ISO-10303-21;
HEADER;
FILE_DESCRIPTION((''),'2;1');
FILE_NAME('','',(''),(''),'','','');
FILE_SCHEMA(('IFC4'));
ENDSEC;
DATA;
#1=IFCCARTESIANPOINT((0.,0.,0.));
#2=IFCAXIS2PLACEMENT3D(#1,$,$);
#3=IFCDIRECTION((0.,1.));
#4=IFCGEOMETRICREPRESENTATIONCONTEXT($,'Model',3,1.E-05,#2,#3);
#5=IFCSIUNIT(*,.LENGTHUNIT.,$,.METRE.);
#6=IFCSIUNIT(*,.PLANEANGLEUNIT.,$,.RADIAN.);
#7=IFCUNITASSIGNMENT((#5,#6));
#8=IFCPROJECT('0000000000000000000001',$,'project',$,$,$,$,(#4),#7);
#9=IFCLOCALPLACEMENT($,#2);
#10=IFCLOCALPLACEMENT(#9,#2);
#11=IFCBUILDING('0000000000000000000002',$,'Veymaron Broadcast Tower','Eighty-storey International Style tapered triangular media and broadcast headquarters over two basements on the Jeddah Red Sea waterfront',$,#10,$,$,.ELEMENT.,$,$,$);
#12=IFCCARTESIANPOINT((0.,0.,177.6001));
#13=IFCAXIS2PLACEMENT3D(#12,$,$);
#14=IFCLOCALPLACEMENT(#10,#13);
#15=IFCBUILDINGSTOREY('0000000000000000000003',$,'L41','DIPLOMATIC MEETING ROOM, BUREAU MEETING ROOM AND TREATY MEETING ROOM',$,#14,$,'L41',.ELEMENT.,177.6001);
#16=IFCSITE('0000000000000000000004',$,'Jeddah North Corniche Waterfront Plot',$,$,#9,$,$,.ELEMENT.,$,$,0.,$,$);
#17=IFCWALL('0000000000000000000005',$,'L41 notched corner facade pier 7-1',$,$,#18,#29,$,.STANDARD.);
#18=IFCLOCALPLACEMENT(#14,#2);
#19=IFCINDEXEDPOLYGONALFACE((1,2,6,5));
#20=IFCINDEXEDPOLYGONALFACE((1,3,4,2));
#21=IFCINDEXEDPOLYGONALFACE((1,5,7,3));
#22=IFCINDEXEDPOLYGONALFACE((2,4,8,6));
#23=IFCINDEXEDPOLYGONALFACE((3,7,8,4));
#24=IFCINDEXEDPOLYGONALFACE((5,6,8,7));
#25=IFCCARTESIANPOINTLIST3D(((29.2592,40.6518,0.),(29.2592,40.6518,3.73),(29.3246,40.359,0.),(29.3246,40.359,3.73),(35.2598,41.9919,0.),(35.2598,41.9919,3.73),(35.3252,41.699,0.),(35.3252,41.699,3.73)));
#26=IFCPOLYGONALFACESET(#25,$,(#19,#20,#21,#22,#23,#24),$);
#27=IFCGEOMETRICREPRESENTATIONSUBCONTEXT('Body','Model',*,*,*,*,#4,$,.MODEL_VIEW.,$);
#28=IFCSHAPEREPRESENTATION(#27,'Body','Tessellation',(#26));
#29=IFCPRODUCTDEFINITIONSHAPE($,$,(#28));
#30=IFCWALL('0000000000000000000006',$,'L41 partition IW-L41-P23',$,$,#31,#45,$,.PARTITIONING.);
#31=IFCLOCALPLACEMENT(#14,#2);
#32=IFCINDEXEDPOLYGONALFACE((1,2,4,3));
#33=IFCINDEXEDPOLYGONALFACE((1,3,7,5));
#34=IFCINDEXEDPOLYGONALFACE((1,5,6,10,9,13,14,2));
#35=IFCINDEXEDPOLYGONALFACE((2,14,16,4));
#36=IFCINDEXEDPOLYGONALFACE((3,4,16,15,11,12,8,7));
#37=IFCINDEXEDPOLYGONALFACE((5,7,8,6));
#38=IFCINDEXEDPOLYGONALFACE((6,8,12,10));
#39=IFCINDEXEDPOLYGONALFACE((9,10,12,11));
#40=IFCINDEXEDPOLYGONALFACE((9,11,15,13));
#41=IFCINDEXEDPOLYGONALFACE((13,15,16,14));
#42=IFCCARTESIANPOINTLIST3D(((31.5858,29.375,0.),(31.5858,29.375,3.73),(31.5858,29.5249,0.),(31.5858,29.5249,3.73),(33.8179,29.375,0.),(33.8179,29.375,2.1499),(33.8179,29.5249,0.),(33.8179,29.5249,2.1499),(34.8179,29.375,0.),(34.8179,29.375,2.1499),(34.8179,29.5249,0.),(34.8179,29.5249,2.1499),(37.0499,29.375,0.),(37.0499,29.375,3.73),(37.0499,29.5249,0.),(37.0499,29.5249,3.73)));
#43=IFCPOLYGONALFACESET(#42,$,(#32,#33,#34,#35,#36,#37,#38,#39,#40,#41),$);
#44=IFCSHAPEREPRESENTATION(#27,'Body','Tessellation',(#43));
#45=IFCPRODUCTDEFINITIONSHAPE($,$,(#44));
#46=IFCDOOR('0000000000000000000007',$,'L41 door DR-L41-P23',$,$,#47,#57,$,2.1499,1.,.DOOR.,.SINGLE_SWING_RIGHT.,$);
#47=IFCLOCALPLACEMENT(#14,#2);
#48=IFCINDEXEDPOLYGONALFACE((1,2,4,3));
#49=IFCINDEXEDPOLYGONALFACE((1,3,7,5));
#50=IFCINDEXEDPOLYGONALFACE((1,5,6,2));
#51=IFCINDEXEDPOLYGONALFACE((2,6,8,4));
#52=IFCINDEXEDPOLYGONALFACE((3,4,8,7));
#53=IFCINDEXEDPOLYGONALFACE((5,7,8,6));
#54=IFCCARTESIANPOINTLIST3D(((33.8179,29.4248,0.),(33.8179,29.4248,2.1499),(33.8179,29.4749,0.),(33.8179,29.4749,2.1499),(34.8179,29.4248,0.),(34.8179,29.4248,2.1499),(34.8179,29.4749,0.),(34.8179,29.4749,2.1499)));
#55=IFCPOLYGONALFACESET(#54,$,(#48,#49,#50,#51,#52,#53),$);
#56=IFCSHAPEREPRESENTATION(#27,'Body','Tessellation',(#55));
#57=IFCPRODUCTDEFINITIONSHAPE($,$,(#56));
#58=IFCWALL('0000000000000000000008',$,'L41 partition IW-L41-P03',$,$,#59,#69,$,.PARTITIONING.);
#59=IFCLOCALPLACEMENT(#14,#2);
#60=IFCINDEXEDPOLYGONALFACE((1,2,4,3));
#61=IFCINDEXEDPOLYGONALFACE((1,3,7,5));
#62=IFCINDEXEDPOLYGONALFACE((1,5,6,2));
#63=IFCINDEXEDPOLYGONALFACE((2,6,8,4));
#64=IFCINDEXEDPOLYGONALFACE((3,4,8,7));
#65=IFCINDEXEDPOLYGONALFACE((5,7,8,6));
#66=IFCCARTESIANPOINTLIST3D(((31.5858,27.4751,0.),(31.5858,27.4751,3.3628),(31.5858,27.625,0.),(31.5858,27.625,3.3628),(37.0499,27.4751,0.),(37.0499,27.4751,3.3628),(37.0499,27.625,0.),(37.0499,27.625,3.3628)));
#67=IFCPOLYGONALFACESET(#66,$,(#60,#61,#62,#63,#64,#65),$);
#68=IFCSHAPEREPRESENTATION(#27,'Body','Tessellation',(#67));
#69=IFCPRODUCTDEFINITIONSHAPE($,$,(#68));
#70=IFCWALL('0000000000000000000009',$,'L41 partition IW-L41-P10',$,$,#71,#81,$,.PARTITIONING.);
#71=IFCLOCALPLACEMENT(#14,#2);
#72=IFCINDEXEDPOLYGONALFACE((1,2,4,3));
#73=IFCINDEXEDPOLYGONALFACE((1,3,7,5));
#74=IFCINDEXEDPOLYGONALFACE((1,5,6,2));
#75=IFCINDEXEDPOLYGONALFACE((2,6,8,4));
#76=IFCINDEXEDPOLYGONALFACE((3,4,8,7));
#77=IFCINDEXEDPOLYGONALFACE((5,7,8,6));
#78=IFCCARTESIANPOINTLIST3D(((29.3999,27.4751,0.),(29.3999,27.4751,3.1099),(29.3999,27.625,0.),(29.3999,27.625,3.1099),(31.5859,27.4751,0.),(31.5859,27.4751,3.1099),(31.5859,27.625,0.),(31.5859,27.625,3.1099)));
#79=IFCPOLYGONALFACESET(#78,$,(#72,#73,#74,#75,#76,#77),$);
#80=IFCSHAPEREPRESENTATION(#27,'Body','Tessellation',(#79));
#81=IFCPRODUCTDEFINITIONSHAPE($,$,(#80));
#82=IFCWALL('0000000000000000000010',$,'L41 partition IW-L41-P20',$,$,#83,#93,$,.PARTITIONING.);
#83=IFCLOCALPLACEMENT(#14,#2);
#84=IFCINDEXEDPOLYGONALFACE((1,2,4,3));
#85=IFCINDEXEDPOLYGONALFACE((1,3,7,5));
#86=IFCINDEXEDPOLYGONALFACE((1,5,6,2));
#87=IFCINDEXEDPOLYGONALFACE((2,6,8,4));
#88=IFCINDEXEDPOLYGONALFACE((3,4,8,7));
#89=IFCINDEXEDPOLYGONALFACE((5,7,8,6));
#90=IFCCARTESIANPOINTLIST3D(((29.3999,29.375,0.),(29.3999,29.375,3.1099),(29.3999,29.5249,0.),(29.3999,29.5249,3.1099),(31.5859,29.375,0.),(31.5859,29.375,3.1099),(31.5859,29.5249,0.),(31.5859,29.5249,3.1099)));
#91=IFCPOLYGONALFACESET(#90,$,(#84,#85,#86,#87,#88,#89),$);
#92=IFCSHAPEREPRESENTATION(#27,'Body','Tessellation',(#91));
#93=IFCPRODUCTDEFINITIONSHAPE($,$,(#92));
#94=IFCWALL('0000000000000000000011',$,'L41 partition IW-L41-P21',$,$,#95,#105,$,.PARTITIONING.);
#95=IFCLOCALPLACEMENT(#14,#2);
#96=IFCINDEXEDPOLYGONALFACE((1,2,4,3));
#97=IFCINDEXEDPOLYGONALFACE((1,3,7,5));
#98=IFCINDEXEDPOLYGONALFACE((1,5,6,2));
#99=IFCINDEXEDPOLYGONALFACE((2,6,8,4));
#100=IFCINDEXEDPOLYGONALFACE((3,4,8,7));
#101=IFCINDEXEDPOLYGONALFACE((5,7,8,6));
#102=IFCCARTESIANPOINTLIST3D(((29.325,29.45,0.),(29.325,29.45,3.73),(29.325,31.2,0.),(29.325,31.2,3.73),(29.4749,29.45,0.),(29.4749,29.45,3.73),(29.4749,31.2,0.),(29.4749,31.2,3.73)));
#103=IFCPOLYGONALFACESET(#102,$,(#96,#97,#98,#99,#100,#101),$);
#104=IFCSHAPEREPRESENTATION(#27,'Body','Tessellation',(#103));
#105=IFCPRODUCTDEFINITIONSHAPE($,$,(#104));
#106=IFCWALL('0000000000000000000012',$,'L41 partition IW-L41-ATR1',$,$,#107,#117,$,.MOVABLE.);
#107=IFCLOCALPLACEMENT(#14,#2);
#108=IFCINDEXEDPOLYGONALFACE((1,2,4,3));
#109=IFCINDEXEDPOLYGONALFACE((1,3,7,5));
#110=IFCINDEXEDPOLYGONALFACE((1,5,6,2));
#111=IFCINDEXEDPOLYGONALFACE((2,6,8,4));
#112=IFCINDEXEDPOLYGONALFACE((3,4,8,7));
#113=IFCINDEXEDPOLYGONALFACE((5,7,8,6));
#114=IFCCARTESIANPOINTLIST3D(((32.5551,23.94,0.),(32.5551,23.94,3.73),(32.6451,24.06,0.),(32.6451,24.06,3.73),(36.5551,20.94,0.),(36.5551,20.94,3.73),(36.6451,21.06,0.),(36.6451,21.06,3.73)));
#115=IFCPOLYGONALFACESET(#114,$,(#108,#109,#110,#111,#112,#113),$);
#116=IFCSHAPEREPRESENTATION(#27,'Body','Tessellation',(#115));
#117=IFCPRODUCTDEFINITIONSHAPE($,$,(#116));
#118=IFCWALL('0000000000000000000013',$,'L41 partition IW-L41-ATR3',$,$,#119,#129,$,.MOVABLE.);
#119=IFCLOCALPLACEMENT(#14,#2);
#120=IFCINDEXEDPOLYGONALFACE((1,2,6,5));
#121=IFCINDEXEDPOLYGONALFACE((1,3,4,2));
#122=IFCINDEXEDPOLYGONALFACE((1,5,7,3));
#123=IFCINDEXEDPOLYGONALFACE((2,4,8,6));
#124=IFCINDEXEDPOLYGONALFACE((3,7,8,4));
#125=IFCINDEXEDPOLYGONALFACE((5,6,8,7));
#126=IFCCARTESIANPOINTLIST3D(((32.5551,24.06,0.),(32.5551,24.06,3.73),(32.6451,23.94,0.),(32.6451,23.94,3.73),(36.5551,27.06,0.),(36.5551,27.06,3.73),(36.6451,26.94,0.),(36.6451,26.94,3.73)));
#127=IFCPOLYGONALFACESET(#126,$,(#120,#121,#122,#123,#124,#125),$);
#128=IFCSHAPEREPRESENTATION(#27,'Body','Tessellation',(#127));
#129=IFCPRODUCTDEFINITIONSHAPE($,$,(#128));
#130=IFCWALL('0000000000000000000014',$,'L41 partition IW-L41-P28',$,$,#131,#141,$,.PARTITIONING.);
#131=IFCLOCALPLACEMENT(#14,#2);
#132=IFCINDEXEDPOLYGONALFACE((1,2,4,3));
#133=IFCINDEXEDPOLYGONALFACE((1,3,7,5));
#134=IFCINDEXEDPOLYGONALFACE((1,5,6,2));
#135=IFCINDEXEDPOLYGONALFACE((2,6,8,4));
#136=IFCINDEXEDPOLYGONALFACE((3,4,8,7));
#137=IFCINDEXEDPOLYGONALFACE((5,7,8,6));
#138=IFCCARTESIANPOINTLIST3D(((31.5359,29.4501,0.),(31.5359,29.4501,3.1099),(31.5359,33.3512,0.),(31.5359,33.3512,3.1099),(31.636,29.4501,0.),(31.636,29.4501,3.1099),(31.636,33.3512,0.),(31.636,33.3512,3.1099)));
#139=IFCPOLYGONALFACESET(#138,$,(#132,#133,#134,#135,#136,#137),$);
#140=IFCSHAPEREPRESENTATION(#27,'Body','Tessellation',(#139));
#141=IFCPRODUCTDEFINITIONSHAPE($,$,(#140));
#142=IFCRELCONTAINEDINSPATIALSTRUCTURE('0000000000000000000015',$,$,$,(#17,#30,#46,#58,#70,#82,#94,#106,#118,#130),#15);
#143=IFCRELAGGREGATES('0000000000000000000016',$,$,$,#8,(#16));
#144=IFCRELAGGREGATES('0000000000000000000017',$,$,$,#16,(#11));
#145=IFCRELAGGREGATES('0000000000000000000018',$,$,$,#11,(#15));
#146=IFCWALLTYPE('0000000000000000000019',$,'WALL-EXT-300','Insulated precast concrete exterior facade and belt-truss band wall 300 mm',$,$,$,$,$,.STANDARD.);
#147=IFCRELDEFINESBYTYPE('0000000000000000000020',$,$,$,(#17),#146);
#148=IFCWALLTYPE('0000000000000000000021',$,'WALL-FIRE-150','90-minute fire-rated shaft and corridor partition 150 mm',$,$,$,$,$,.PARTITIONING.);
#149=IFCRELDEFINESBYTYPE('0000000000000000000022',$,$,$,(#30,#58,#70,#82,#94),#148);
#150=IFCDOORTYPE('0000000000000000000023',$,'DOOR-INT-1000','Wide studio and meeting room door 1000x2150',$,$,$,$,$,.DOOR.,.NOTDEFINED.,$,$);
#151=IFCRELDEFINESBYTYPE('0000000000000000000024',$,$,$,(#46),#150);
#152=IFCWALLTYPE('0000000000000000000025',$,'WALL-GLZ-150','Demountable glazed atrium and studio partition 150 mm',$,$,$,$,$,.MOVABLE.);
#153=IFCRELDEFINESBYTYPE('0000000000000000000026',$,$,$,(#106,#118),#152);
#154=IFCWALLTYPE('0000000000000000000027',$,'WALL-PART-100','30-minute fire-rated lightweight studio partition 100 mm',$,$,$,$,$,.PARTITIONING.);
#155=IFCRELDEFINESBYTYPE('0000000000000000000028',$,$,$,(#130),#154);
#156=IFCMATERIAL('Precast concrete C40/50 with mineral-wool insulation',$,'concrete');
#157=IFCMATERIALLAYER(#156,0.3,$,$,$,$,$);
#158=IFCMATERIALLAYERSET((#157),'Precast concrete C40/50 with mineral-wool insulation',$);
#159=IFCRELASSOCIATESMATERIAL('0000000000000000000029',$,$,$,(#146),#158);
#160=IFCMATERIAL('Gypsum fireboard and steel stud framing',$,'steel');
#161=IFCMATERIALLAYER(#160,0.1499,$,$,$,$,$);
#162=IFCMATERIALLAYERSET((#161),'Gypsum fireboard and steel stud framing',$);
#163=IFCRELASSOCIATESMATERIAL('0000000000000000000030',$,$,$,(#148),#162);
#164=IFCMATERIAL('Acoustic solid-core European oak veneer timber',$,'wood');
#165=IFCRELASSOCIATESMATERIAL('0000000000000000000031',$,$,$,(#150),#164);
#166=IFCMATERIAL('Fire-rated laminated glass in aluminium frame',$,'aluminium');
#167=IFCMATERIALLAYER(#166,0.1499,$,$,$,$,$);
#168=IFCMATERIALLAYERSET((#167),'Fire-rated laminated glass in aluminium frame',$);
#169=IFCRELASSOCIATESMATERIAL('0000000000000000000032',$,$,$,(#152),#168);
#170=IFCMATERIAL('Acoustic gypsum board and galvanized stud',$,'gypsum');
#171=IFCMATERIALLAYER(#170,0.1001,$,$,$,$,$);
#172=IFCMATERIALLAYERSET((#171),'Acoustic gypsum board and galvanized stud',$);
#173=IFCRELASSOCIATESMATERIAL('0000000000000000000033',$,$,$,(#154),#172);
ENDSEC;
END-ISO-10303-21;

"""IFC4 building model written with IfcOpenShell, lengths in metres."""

from ifc_helpers import new_model, si_unit, direction, frame, frame_2d, origin, place, context, subcontext, project, spatial, rectangle, extrude, material, layer, layer_set, type_object, element, fill, save


model = new_model("IFC4")

# Units and contexts
model_context = context("Model", 3, precision=1e-05, world=origin(), true_north=direction((0.0, 1.0)))
body_context = subcontext(model_context, "Body", "Model", "MODEL_VIEW")
ifc_project = project(units=[si_unit("LENGTHUNIT", "METRE"), si_unit("PLANEANGLEUNIT", "RADIAN")], contexts=[model_context])

# Site, building, storey
site_placement = place(None, origin())
site = spatial("IfcSite", under=ifc_project, at=site_placement, Name="Jeddah North Corniche Waterfront Plot", CompositionType="ELEMENT", RefElevation=0.0)
building_placement = place(site_placement, origin())
building = spatial("IfcBuilding", under=site, at=building_placement, Name="Veymaron Broadcast Tower", Description="Eighty-storey International Style tapered triangular media and broadcast headquarters over two basements on the Jeddah Red Sea waterfront", CompositionType="ELEMENT")
storey_placement = place(building_placement, frame((0.0, 0.0, 177.6001)))
storey = spatial("IfcBuildingStorey", under=building, at=storey_placement, Name="L41", Description="DIPLOMATIC MEETING ROOM, BUREAU MEETING ROOM AND TREATY MEETING ROOM", LongName="L41", CompositionType="ELEMENT", Elevation=177.6001)

# Wall
ifc_material_1 = material(Name="Precast concrete C40/50 with mineral-wool insulation", Category="concrete")
ifc_layer_1 = layer(ifc_material_1, 0.3)
ifc_layer_set_1 = layer_set([ifc_layer_1], Name="Precast concrete C40/50 with mineral-wool insulation")
wall_type_1 = type_object("IfcWallType", Name="WALL-EXT-300", Description="Insulated precast concrete exterior facade and belt-truss band wall 300 mm", PredefinedType="STANDARD", material=ifc_layer_set_1)
wall_1_placement = place(storey_placement, frame((35.2925, 41.8455, 0.0), z_axis=(0.0, 0.0, 1.0), x_axis=(-0.975959, -0.217952, 0.0)))
element("IfcWall", 1, at=wall_1_placement, inside=storey, type_object=wall_type_1, Name="L41 notched corner facade pier 7-1", PredefinedType="STANDARD", context=body_context, shape_type="SweptSolid", body=[
    extrude(rectangle(XDim=6.1484, YDim=0.3, at=frame_2d((3.0742, 0.0))), origin(), (0.0, 0.0, 1.0), 3.73),
])

# Wall, opening, door
ifc_material_2 = material(Name="Gypsum fireboard and steel stud framing", Category="steel")
ifc_layer_2 = layer(ifc_material_2, 0.1499)
ifc_layer_set_2 = layer_set([ifc_layer_2], Name="Gypsum fireboard and steel stud framing")
wall_type_2 = type_object("IfcWallType", Name="WALL-FIRE-150", Description="90-minute fire-rated shaft and corridor partition 150 mm", PredefinedType="PARTITIONING", material=ifc_layer_set_2)
wall_2_placement = place(storey_placement, frame((31.5859, 29.45, 0.0), z_axis=(0.0, 0.0, 1.0), x_axis=(1.0, 0.0, 0.0)))
wall_2 = element("IfcWall", 2, at=wall_2_placement, inside=storey, type_object=wall_type_2, Name="L41 partition IW-L41-P23", PredefinedType="PARTITIONING", context=body_context, shape_type="SweptSolid", body=[
    extrude(rectangle(XDim=5.4641, YDim=0.1499, at=frame_2d((2.7319, 0.0))), origin(), (0.0, 0.0, 1.0), 3.73),
])
opening_placement = place(wall_2_placement, frame((2.2319, 0.0, 0.0)))
opening = element("IfcOpeningElement", 3, at=opening_placement, cuts=wall_2, PredefinedType="OPENING", context=body_context, shape_type="SweptSolid", body=[
    extrude(rectangle(XDim=1.0, YDim=2.1499, at=frame_2d((0.5, 1.075))), frame((0.0, 0.085, 0.0), z_axis=(0.0, -1.0, 0.0), x_axis=(1.0, 0.0, 0.0)), (0.0, 0.0, 1.0), 0.1699),
])
ifc_material_3 = material(Name="Acoustic solid-core European oak veneer timber", Category="wood")
door_type = type_object("IfcDoorType", Name="DOOR-INT-1000", Description="Wide studio and meeting room door 1000x2150", OperationType="NOTDEFINED", PredefinedType="DOOR", material=ifc_material_3)
door_placement = place(opening_placement, origin())
door = element("IfcDoor", 4, at=door_placement, inside=storey, type_object=door_type, Name="L41 door DR-L41-P23", OperationType="SINGLE_SWING_RIGHT", OverallHeight=2.1499, OverallWidth=1.0, PredefinedType="DOOR", context=body_context, shape_type="SweptSolid", body=[
    extrude(rectangle(XDim=1.0, YDim=2.1499, at=frame_2d((0.5, 1.075))), frame((0.0, 0.0249, 0.0), z_axis=(0.0, -1.0, 0.0), x_axis=(1.0, 0.0, 0.0)), (0.0, 0.0, 1.0), 0.05),
])
fill(opening, door)

# Walls
wall_3_placement = place(storey_placement, frame((31.5859, 27.55, 0.0), z_axis=(0.0, 0.0, 1.0), x_axis=(1.0, 0.0, 0.0)))
element("IfcWall", 5, at=wall_3_placement, inside=storey, type_object=wall_type_2, Name="L41 partition IW-L41-P03", PredefinedType="PARTITIONING", context=body_context, shape_type="SweptSolid", body=[
    extrude(rectangle(XDim=5.4641, YDim=0.1499, at=frame_2d((2.7319, 0.0))), origin(), (0.0, 0.0, 1.0), 3.3628),
])
for number, where, z_axis, x_axis, name in (
    (6, (29.3999, 27.55, 0.0), (0.0, 0.0, 1.0), (1.0, 0.0, 0.0), "L41 partition IW-L41-P10"),
    (7, (29.3999, 29.45, 0.0), (0.0, 0.0, 1.0), (1.0, 0.0, 0.0), "L41 partition IW-L41-P20"),
):
    element("IfcWall", number, at=place(storey_placement, frame(where, z_axis=z_axis, x_axis=x_axis)), inside=storey, type_object=wall_type_2, Name=name, PredefinedType="PARTITIONING", context=body_context, shape_type="SweptSolid", body=[
        extrude(rectangle(XDim=2.186, YDim=0.1499, at=frame_2d((1.093, 0.0))), origin(), (0.0, 0.0, 1.0), 3.1099),
    ])
wall_4_placement = place(storey_placement, frame((29.3999, 29.45, 0.0), z_axis=(0.0, 0.0, 1.0), x_axis=(0.0, 1.0, 0.0)))
element("IfcWall", 8, at=wall_4_placement, inside=storey, type_object=wall_type_2, Name="L41 partition IW-L41-P21", PredefinedType="PARTITIONING", context=body_context, shape_type="SweptSolid", body=[
    extrude(rectangle(XDim=1.75, YDim=0.1499, at=frame_2d((0.875, 0.0))), origin(), (0.0, 0.0, 1.0), 3.73),
])
ifc_material_4 = material(Name="Fire-rated laminated glass in aluminium frame", Category="aluminium")
ifc_layer_3 = layer(ifc_material_4, 0.1499)
ifc_layer_set_3 = layer_set([ifc_layer_3], Name="Fire-rated laminated glass in aluminium frame")
wall_type_3 = type_object("IfcWallType", Name="WALL-GLZ-150", Description="Demountable glazed atrium and studio partition 150 mm", PredefinedType="MOVABLE", material=ifc_layer_set_3)
for number, where, z_axis, x_axis, name in (
    (9, (32.6001, 24.0, 0.0), (0.0, 0.0, 1.0), (0.8, -0.6, 0.0), "L41 partition IW-L41-ATR1"),
    (10, (36.6001, 27.0, 0.0), (0.0, 0.0, 1.0), (-0.8, -0.6, 0.0), "L41 partition IW-L41-ATR3"),
):
    element("IfcWall", number, at=place(storey_placement, frame(where, z_axis=z_axis, x_axis=x_axis)), inside=storey, type_object=wall_type_3, Name=name, PredefinedType="MOVABLE", context=body_context, shape_type="SweptSolid", body=[
        extrude(rectangle(XDim=5.0, YDim=0.1499, at=frame_2d((2.5, 0.0))), origin(), (0.0, 0.0, 1.0), 3.73),
    ])
ifc_material_5 = material(Name="Acoustic gypsum board and galvanized stud", Category="gypsum")
ifc_layer_4 = layer(ifc_material_5, 0.1001)
ifc_layer_set_4 = layer_set([ifc_layer_4], Name="Acoustic gypsum board and galvanized stud")
wall_type_4 = type_object("IfcWallType", Name="WALL-PART-100", Description="30-minute fire-rated lightweight studio partition 100 mm", PredefinedType="PARTITIONING", material=ifc_layer_set_4)
wall_5_placement = place(storey_placement, frame((31.5859, 29.45, 0.0), z_axis=(0.0, 0.0, 1.0), x_axis=(0.0, 1.0, 0.0)))
element("IfcWall", 11, at=wall_5_placement, inside=storey, type_object=wall_type_4, Name="L41 partition IW-L41-P28", PredefinedType="PARTITIONING", context=body_context, shape_type="SweptSolid", body=[
    extrude(rectangle(XDim=3.9011, YDim=0.1001, at=frame_2d((1.9507, 0.0))), origin(), (0.0, 0.0, 1.0), 3.1099),
])

save(model, "model.ifc")
